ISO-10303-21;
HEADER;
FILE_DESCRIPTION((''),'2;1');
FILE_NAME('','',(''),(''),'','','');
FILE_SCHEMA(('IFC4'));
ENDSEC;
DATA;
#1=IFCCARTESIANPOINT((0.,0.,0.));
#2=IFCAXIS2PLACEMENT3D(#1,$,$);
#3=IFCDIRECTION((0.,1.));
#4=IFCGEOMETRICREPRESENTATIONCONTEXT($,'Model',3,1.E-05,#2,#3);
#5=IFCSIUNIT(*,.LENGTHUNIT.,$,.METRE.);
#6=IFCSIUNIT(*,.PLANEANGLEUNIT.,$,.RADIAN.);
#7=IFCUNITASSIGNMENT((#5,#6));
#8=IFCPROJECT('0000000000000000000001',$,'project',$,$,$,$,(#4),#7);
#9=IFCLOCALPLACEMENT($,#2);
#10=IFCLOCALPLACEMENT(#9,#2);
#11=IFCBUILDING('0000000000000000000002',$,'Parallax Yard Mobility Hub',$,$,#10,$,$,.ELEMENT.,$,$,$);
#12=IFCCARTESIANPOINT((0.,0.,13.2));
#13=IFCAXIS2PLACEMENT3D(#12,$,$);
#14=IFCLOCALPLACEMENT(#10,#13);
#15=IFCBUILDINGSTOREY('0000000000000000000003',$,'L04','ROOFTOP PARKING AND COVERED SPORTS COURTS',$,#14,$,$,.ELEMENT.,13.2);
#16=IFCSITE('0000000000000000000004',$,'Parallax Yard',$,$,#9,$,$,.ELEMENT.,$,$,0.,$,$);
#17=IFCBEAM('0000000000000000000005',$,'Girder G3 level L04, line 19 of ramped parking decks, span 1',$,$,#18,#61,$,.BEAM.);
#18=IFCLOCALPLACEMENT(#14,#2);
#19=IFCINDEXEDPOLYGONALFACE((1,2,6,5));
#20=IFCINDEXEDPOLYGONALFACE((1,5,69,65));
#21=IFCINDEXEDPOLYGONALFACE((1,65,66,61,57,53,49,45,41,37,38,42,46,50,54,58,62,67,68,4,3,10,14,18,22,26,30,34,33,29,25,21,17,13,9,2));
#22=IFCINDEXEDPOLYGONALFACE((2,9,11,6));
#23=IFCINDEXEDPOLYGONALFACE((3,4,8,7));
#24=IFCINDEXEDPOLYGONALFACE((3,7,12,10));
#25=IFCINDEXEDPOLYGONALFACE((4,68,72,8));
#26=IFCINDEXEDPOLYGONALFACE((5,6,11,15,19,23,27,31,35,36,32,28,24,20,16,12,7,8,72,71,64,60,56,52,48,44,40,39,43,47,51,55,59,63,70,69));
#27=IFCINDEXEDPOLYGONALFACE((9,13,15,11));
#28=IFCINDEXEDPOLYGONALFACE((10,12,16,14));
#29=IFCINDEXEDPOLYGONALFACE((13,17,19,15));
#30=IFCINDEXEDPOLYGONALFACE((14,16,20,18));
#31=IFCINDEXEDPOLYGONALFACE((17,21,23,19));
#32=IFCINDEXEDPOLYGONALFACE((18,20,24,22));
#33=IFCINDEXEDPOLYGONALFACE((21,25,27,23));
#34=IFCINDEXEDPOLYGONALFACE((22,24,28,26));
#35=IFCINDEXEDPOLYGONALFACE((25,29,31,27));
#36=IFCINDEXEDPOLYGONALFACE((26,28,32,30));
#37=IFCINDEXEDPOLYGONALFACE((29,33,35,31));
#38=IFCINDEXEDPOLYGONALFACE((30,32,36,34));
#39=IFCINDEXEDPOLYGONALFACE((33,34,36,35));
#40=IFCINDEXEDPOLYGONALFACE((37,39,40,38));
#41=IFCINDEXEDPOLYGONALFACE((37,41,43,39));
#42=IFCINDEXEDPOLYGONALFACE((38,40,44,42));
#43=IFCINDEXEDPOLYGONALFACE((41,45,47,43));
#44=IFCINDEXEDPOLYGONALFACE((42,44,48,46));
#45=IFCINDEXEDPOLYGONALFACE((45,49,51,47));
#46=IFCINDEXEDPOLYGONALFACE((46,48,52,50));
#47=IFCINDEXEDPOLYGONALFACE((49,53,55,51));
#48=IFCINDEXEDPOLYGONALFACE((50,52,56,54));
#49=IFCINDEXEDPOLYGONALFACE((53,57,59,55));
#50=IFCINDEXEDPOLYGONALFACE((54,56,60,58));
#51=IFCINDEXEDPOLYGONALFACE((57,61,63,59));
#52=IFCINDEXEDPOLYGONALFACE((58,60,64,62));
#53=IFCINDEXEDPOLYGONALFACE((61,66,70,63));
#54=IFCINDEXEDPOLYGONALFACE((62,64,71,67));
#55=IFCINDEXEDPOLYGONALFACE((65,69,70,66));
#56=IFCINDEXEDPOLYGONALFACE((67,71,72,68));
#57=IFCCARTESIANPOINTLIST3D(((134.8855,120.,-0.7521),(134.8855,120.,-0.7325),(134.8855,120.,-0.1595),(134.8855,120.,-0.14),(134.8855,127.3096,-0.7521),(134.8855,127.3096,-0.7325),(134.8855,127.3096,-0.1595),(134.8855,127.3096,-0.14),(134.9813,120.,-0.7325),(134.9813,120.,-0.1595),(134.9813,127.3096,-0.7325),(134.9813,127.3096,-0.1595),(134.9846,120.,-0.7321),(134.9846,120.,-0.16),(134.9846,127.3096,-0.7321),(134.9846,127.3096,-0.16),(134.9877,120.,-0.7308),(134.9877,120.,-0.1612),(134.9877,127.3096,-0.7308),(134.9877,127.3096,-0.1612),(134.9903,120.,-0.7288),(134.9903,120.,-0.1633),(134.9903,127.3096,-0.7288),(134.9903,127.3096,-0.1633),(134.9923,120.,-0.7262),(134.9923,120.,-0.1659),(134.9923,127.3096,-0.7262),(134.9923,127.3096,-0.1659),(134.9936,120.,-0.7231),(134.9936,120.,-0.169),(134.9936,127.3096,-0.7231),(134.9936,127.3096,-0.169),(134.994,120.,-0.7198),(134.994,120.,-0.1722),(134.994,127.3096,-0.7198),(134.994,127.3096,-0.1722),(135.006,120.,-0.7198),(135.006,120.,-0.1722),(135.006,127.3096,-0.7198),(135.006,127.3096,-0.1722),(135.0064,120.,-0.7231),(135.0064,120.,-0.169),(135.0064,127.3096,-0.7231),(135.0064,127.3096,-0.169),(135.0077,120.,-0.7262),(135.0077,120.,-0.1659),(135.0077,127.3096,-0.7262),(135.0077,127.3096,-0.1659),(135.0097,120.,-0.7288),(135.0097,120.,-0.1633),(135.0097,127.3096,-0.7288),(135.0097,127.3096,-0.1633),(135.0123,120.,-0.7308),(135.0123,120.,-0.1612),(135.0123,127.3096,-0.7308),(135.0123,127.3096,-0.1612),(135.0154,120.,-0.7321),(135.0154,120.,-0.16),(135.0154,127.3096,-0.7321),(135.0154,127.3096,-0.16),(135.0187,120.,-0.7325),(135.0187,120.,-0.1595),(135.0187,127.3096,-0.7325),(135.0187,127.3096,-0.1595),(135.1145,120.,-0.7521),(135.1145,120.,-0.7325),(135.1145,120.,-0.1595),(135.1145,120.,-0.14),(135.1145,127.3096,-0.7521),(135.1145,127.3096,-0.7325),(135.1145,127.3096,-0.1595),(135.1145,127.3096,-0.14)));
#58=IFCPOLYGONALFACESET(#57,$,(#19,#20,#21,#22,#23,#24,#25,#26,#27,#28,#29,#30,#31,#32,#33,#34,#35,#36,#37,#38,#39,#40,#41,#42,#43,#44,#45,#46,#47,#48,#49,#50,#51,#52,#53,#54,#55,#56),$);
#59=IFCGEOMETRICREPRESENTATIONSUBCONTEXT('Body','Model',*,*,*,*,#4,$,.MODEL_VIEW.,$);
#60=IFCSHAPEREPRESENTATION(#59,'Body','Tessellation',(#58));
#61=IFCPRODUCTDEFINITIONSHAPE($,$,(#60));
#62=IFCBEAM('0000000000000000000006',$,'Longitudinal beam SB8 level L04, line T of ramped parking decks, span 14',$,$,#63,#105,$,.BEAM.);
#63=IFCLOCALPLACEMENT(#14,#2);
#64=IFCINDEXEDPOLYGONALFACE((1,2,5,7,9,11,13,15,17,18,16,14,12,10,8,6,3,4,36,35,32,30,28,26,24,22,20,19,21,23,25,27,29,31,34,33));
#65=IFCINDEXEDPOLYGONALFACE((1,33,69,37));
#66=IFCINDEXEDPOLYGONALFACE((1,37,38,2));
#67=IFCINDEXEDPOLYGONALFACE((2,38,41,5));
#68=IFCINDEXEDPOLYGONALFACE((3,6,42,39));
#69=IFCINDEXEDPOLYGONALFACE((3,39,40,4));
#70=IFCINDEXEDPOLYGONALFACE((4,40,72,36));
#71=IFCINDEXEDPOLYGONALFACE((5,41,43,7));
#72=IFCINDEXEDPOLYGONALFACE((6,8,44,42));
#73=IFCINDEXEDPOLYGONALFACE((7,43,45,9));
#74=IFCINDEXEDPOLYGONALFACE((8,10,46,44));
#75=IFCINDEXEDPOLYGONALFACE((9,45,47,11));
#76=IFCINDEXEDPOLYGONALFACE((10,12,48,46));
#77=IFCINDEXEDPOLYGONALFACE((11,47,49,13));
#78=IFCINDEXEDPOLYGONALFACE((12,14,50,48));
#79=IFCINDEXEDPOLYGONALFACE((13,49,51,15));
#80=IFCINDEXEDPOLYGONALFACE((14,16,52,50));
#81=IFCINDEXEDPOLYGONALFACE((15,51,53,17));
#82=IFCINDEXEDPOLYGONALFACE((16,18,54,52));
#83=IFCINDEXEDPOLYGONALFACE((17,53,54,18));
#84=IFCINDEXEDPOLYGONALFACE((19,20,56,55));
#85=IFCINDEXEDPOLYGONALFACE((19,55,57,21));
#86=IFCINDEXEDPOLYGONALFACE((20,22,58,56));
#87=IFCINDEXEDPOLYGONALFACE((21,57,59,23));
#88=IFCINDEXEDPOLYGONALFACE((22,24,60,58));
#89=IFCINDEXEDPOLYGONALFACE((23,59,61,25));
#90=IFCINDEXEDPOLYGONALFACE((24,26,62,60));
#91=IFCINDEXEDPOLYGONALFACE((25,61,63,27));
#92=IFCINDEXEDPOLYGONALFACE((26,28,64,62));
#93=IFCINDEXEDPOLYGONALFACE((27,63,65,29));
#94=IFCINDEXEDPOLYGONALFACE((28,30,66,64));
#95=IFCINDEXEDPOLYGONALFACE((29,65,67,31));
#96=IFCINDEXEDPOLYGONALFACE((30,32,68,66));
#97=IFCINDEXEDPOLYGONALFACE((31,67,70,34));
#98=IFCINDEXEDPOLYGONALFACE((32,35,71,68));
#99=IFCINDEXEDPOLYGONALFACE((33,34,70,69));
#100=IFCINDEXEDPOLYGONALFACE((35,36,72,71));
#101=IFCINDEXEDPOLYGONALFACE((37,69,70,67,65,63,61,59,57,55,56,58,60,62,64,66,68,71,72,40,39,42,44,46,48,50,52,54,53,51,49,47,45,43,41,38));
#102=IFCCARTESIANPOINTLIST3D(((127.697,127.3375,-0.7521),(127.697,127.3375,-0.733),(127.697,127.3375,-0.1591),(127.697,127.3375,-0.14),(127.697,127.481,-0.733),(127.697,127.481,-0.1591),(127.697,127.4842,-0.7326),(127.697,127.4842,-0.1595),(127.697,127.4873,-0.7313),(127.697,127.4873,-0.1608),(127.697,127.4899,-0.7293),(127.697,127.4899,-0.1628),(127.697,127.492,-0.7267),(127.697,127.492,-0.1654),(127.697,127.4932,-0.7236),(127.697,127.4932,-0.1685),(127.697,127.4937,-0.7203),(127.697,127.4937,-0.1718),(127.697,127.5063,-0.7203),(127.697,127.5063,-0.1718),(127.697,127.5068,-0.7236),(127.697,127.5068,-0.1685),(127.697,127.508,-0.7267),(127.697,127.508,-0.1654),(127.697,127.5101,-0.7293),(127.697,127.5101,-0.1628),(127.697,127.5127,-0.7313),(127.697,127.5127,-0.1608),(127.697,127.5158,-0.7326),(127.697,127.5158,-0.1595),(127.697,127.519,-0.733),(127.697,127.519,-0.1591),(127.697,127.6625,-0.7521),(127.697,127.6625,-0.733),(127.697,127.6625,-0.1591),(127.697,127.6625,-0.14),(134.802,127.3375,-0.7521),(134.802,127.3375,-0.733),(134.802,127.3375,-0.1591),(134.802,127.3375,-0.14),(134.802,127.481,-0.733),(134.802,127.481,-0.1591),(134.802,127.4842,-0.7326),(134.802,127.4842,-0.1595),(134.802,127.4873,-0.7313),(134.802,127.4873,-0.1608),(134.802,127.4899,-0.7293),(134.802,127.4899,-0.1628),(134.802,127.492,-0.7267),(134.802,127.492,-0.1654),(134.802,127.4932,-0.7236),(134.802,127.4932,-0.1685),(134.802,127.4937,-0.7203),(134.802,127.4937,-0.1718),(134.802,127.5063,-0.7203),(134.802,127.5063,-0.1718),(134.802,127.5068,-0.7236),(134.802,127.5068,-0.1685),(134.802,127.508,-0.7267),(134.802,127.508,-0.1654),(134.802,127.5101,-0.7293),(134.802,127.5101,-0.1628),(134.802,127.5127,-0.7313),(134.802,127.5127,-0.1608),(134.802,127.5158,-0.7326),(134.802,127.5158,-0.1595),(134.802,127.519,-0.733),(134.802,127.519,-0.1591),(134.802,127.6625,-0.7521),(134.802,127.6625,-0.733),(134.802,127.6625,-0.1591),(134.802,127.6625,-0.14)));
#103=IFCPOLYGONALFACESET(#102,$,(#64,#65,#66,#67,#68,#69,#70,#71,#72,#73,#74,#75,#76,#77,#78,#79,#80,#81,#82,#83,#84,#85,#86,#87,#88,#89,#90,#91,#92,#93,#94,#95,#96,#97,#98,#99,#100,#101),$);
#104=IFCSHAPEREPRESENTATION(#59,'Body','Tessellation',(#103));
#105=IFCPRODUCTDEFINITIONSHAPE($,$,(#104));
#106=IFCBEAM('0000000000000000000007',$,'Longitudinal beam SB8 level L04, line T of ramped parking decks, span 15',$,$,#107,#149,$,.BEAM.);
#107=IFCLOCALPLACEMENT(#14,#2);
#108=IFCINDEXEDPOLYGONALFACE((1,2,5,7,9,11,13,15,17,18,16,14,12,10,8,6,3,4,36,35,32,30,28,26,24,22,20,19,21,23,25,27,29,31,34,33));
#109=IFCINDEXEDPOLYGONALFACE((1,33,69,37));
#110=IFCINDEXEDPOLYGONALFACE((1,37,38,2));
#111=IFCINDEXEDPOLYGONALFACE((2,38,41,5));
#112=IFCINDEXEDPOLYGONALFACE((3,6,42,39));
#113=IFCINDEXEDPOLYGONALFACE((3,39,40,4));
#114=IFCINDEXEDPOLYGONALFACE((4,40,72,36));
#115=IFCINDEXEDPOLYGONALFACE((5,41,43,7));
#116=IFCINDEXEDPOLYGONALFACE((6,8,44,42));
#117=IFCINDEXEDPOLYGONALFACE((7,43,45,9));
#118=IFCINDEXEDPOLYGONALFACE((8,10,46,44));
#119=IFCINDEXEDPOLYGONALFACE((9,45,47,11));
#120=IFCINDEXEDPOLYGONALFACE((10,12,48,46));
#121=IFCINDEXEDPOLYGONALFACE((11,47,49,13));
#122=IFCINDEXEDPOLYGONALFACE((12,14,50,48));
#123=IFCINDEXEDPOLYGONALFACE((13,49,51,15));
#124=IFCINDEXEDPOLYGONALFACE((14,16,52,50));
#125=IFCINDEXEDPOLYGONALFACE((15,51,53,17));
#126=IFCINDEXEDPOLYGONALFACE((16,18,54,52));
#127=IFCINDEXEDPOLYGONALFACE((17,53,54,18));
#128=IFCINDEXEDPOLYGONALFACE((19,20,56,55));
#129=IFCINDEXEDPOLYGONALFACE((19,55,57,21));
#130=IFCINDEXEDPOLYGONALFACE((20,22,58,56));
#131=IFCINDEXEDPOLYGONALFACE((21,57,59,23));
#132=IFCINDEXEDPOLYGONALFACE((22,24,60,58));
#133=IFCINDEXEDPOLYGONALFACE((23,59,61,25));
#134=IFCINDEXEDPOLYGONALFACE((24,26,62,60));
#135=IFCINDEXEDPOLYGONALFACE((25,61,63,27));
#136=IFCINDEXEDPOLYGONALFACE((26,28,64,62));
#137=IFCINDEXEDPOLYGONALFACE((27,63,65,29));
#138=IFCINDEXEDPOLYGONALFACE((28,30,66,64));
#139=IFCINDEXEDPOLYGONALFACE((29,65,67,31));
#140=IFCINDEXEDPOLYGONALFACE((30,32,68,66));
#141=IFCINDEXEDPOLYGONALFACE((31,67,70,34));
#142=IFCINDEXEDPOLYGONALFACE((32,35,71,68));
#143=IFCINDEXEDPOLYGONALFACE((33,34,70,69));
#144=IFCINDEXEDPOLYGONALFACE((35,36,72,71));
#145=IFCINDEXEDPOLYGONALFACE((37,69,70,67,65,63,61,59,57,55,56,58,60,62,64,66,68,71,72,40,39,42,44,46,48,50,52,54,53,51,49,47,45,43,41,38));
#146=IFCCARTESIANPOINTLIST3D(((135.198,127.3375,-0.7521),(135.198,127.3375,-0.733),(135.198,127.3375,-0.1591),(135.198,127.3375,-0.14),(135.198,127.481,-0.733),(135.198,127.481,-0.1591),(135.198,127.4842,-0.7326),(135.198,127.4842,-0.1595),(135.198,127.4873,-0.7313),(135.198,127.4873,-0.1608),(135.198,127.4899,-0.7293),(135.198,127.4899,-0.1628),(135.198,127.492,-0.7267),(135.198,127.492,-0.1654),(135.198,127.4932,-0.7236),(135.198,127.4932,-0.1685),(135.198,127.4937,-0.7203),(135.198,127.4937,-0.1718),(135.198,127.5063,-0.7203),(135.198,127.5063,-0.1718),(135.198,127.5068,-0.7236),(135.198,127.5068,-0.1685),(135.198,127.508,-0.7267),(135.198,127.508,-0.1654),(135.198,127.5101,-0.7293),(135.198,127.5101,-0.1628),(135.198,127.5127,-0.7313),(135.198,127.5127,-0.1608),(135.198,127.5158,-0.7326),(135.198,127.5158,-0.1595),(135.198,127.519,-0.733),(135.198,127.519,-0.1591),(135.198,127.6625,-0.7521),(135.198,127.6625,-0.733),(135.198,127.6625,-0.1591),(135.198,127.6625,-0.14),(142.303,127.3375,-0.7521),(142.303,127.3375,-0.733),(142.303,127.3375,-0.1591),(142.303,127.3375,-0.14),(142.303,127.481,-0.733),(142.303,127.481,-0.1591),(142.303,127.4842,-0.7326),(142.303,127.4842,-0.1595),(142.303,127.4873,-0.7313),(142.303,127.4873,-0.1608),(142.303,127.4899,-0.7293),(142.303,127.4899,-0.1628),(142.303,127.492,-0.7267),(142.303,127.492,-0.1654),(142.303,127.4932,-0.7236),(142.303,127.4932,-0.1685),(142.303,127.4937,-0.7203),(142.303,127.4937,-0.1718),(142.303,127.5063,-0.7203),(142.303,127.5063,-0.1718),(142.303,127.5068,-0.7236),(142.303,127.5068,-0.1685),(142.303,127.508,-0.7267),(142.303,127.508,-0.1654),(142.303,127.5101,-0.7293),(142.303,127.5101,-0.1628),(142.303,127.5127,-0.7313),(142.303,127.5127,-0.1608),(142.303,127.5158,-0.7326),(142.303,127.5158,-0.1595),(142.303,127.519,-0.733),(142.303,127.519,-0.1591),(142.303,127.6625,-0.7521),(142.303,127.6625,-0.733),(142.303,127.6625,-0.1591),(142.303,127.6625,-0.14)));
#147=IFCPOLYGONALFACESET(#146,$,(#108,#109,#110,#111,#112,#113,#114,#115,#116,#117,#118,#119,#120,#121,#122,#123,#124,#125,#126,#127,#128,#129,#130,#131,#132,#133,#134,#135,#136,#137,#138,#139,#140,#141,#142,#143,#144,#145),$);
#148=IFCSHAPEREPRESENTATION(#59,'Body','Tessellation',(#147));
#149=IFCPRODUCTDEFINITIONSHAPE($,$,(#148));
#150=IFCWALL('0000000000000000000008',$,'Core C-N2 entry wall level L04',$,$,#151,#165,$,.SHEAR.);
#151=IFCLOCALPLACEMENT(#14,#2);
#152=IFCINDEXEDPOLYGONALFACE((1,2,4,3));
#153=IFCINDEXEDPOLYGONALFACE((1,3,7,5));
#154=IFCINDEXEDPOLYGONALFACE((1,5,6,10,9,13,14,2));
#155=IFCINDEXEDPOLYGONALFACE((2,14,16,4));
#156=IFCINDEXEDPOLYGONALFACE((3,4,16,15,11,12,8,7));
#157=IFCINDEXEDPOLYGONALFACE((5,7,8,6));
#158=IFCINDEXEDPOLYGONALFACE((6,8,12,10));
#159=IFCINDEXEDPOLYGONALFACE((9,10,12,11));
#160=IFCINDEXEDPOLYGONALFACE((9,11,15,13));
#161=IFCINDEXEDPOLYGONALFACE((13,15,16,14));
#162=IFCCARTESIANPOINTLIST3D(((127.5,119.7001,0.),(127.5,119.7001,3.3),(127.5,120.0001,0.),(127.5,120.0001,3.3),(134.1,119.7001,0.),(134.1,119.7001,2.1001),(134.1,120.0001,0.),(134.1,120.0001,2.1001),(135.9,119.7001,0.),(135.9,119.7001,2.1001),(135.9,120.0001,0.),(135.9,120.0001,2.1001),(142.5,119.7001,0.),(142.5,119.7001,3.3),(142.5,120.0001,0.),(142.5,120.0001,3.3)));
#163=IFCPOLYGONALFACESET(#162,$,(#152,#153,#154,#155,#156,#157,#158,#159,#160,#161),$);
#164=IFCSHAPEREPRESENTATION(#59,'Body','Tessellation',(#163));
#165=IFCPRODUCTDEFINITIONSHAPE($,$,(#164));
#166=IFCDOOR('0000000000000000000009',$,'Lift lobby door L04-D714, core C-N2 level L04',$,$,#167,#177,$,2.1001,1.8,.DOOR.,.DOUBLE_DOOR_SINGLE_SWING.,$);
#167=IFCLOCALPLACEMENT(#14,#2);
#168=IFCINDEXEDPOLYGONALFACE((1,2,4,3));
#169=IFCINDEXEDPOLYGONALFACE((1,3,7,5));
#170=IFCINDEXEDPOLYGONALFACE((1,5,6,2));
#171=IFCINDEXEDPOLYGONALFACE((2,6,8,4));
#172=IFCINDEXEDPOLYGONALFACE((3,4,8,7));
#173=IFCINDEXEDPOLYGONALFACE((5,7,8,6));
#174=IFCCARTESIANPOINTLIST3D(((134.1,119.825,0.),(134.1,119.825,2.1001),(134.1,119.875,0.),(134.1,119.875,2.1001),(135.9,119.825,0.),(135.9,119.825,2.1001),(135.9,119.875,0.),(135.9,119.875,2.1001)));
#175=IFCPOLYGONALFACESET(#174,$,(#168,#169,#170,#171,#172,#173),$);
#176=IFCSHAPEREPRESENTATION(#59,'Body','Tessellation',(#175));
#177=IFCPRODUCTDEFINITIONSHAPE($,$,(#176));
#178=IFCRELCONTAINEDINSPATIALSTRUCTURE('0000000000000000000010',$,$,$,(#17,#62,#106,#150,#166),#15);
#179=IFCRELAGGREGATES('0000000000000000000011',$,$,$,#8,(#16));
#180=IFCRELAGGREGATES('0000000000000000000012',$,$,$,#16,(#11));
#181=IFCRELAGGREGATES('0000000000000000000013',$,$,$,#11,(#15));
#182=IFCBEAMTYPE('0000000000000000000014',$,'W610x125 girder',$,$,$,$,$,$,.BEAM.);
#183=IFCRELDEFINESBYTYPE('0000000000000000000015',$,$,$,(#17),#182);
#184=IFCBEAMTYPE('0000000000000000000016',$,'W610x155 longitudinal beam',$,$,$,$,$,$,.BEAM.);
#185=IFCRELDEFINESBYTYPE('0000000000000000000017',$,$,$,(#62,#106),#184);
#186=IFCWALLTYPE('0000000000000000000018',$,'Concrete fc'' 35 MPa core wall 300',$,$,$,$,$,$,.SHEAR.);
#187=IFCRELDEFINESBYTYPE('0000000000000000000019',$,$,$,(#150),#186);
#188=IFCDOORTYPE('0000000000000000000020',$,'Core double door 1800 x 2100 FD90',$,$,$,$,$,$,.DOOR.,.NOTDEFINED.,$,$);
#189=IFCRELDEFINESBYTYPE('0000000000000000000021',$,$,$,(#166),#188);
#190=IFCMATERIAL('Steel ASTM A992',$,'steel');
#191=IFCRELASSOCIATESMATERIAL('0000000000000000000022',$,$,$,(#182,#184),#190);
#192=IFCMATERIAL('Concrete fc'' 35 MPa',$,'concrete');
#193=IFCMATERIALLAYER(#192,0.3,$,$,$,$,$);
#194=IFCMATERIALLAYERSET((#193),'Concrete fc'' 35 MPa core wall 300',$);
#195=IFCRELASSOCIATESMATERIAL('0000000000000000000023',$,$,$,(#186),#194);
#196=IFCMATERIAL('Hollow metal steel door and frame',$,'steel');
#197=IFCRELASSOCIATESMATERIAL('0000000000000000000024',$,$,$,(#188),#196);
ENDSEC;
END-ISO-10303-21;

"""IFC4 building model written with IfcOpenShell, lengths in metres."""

from ifc_helpers import new_model, si_unit, direction, frame, frame_2d, origin, origin_2d, place, context, subcontext, project, spatial, rectangle, i_section, extrude, material, layer, layer_set, material_profile, profile_set, type_object, element, fill, save


model = new_model("IFC4")

# Units and contexts
model_context = context("Model", 3, precision=1e-05, world=origin(), true_north=direction((0.0, 1.0)))
body_context = subcontext(model_context, "Body", "Model", "MODEL_VIEW")
ifc_project = project(units=[si_unit("LENGTHUNIT", "METRE"), si_unit("PLANEANGLEUNIT", "RADIAN")], contexts=[model_context])

# Site, building, storey
site_placement = place(None, origin())
site = spatial("IfcSite", under=ifc_project, at=site_placement, Name="Parallax Yard", CompositionType="ELEMENT", RefElevation=0.0)
building_placement = place(site_placement, origin())
building = spatial("IfcBuilding", under=site, at=building_placement, Name="Parallax Yard Mobility Hub", CompositionType="ELEMENT")
storey_placement = place(building_placement, frame((0.0, 0.0, 13.2)))
storey = spatial("IfcBuildingStorey", under=building, at=storey_placement, Name="L04", Description="ROOFTOP PARKING AND COVERED SPORTS COURTS", CompositionType="ELEMENT", Elevation=13.2)

# Beams
ifc_material_1 = material(Name="Steel ASTM A992", Category="steel")
ifc_material_profile_1 = material_profile(ifc_material_1, i_section(OverallWidth=0.229, OverallDepth=0.6121, WebThickness=0.012, FlangeThickness=0.0195, FilletRadius=0.0127, at=origin_2d()), Name="W610x125")
ifc_profile_set_1 = profile_set([ifc_material_profile_1], Name="Steel ASTM A992")
beam_type_1 = type_object("IfcBeamType", Name="W610x125 girder", PredefinedType="BEAM", material=ifc_profile_set_1)
beam_placement = place(storey_placement, frame((135.0, 120.0, -0.446), z_axis=(0.0, 1.0, 0.0), x_axis=(-1.0, 0.0, 0.0)))
element("IfcBeam", 1, at=beam_placement, inside=storey, type_object=beam_type_1, Name="Girder G3 level L04, line 19 of ramped parking decks, span 1", PredefinedType="BEAM", context=body_context, shape_type="SweptSolid", body=[
    extrude(i_section(OverallWidth=0.229, OverallDepth=0.6121, WebThickness=0.012, FlangeThickness=0.0195, FilletRadius=0.0127, at=origin_2d()), origin(), (0.0, 0.0, 1.0), 7.3096),
])
ifc_material_profile_2 = material_profile(ifc_material_1, i_section(OverallWidth=0.325, OverallDepth=0.6121, WebThickness=0.0127, FlangeThickness=0.019, FilletRadius=0.0127, at=origin_2d()), Name="W610x155")
ifc_profile_set_2 = profile_set([ifc_material_profile_2], Name="Steel ASTM A992")
beam_type_2 = type_object("IfcBeamType", Name="W610x155 longitudinal beam", PredefinedType="BEAM", material=ifc_profile_set_2)
for number, where, z_axis, x_axis, name in (
    (2, (127.697, 127.5, -0.446), (1.0, 0.0, 0.0), (0.0, 1.0, 0.0), "Longitudinal beam SB8 level L04, line T of ramped parking decks, span 14"),
    (3, (135.198, 127.5, -0.446), (1.0, 0.0, 0.0), (0.0, 1.0, 0.0), "Longitudinal beam SB8 level L04, line T of ramped parking decks, span 15"),
):
    element("IfcBeam", number, at=place(storey_placement, frame(where, z_axis=z_axis, x_axis=x_axis)), inside=storey, type_object=beam_type_2, Name=name, PredefinedType="BEAM", context=body_context, shape_type="SweptSolid", body=[
        extrude(i_section(OverallWidth=0.325, OverallDepth=0.6121, WebThickness=0.0127, FlangeThickness=0.019, FilletRadius=0.0127, at=origin_2d()), origin(), (0.0, 0.0, 1.0), 7.105),
    ])

# Wall, opening, door
ifc_material_2 = material(Name="Concrete fc' 35 MPa", Category="concrete")
ifc_layer_1 = layer(ifc_material_2, 0.3)
ifc_layer_set_1 = layer_set([ifc_layer_1], Name="Concrete fc' 35 MPa core wall 300")
wall_type_1 = type_object("IfcWallType", Name="Concrete fc' 35 MPa core wall 300", PredefinedType="SHEAR", material=ifc_layer_set_1)
wall_1_placement = place(storey_placement, frame((127.5, 119.8501, 0.0), z_axis=(0.0, 0.0, 1.0), x_axis=(1.0, 0.0, 0.0)))
wall_1 = element("IfcWall", 4, at=wall_1_placement, inside=storey, type_object=wall_type_1, Name="Core C-N2 entry wall level L04", PredefinedType="SHEAR", context=body_context, shape_type="SweptSolid", body=[
    extrude(rectangle(XDim=15.0, YDim=0.3, at=frame_2d((7.5, 0.0))), origin(), (0.0, 0.0, 1.0), 3.3),
])
opening_1_placement = place(wall_1_placement, frame((6.6001, 0.0, 0.0)))
opening_1 = element("IfcOpeningElement", 5, at=opening_1_placement, cuts=wall_1, PredefinedType="OPENING", context=body_context, shape_type="SweptSolid", body=[
    extrude(rectangle(XDim=1.8, YDim=2.1001, at=frame_2d((0.8999, 1.05))), frame((0.0, 0.1602, 0.0), z_axis=(0.0, -1.0, 0.0), x_axis=(1.0, 0.0, 0.0)), (0.0, 0.0, 1.0), 0.3201),
])
ifc_material_3 = material(Name="Hollow metal steel door and frame", Category="steel")
door_type_1 = type_object("IfcDoorType", Name="Core double door 1800 x 2100 FD90", OperationType="NOTDEFINED", PredefinedType="DOOR", material=ifc_material_3)
door_1_placement = place(opening_1_placement, origin())
door_1 = element("IfcDoor", 6, at=door_1_placement, inside=storey, type_object=door_type_1, Name="Lift lobby door L04-D714, core C-N2 level L04", OperationType="DOUBLE_DOOR_SINGLE_SWING", OverallHeight=2.1001, OverallWidth=1.8, PredefinedType="DOOR", context=body_context, shape_type="SweptSolid", body=[
    extrude(rectangle(XDim=1.8, YDim=2.1001, at=frame_2d((0.8999, 1.05))), frame((0.0, 0.0249, 0.0), z_axis=(0.0, -1.0, 0.0), x_axis=(1.0, 0.0, 0.0)), (0.0, 0.0, 1.0), 0.05),
])
fill(opening_1, door_1)

save(model, "model.ifc")
